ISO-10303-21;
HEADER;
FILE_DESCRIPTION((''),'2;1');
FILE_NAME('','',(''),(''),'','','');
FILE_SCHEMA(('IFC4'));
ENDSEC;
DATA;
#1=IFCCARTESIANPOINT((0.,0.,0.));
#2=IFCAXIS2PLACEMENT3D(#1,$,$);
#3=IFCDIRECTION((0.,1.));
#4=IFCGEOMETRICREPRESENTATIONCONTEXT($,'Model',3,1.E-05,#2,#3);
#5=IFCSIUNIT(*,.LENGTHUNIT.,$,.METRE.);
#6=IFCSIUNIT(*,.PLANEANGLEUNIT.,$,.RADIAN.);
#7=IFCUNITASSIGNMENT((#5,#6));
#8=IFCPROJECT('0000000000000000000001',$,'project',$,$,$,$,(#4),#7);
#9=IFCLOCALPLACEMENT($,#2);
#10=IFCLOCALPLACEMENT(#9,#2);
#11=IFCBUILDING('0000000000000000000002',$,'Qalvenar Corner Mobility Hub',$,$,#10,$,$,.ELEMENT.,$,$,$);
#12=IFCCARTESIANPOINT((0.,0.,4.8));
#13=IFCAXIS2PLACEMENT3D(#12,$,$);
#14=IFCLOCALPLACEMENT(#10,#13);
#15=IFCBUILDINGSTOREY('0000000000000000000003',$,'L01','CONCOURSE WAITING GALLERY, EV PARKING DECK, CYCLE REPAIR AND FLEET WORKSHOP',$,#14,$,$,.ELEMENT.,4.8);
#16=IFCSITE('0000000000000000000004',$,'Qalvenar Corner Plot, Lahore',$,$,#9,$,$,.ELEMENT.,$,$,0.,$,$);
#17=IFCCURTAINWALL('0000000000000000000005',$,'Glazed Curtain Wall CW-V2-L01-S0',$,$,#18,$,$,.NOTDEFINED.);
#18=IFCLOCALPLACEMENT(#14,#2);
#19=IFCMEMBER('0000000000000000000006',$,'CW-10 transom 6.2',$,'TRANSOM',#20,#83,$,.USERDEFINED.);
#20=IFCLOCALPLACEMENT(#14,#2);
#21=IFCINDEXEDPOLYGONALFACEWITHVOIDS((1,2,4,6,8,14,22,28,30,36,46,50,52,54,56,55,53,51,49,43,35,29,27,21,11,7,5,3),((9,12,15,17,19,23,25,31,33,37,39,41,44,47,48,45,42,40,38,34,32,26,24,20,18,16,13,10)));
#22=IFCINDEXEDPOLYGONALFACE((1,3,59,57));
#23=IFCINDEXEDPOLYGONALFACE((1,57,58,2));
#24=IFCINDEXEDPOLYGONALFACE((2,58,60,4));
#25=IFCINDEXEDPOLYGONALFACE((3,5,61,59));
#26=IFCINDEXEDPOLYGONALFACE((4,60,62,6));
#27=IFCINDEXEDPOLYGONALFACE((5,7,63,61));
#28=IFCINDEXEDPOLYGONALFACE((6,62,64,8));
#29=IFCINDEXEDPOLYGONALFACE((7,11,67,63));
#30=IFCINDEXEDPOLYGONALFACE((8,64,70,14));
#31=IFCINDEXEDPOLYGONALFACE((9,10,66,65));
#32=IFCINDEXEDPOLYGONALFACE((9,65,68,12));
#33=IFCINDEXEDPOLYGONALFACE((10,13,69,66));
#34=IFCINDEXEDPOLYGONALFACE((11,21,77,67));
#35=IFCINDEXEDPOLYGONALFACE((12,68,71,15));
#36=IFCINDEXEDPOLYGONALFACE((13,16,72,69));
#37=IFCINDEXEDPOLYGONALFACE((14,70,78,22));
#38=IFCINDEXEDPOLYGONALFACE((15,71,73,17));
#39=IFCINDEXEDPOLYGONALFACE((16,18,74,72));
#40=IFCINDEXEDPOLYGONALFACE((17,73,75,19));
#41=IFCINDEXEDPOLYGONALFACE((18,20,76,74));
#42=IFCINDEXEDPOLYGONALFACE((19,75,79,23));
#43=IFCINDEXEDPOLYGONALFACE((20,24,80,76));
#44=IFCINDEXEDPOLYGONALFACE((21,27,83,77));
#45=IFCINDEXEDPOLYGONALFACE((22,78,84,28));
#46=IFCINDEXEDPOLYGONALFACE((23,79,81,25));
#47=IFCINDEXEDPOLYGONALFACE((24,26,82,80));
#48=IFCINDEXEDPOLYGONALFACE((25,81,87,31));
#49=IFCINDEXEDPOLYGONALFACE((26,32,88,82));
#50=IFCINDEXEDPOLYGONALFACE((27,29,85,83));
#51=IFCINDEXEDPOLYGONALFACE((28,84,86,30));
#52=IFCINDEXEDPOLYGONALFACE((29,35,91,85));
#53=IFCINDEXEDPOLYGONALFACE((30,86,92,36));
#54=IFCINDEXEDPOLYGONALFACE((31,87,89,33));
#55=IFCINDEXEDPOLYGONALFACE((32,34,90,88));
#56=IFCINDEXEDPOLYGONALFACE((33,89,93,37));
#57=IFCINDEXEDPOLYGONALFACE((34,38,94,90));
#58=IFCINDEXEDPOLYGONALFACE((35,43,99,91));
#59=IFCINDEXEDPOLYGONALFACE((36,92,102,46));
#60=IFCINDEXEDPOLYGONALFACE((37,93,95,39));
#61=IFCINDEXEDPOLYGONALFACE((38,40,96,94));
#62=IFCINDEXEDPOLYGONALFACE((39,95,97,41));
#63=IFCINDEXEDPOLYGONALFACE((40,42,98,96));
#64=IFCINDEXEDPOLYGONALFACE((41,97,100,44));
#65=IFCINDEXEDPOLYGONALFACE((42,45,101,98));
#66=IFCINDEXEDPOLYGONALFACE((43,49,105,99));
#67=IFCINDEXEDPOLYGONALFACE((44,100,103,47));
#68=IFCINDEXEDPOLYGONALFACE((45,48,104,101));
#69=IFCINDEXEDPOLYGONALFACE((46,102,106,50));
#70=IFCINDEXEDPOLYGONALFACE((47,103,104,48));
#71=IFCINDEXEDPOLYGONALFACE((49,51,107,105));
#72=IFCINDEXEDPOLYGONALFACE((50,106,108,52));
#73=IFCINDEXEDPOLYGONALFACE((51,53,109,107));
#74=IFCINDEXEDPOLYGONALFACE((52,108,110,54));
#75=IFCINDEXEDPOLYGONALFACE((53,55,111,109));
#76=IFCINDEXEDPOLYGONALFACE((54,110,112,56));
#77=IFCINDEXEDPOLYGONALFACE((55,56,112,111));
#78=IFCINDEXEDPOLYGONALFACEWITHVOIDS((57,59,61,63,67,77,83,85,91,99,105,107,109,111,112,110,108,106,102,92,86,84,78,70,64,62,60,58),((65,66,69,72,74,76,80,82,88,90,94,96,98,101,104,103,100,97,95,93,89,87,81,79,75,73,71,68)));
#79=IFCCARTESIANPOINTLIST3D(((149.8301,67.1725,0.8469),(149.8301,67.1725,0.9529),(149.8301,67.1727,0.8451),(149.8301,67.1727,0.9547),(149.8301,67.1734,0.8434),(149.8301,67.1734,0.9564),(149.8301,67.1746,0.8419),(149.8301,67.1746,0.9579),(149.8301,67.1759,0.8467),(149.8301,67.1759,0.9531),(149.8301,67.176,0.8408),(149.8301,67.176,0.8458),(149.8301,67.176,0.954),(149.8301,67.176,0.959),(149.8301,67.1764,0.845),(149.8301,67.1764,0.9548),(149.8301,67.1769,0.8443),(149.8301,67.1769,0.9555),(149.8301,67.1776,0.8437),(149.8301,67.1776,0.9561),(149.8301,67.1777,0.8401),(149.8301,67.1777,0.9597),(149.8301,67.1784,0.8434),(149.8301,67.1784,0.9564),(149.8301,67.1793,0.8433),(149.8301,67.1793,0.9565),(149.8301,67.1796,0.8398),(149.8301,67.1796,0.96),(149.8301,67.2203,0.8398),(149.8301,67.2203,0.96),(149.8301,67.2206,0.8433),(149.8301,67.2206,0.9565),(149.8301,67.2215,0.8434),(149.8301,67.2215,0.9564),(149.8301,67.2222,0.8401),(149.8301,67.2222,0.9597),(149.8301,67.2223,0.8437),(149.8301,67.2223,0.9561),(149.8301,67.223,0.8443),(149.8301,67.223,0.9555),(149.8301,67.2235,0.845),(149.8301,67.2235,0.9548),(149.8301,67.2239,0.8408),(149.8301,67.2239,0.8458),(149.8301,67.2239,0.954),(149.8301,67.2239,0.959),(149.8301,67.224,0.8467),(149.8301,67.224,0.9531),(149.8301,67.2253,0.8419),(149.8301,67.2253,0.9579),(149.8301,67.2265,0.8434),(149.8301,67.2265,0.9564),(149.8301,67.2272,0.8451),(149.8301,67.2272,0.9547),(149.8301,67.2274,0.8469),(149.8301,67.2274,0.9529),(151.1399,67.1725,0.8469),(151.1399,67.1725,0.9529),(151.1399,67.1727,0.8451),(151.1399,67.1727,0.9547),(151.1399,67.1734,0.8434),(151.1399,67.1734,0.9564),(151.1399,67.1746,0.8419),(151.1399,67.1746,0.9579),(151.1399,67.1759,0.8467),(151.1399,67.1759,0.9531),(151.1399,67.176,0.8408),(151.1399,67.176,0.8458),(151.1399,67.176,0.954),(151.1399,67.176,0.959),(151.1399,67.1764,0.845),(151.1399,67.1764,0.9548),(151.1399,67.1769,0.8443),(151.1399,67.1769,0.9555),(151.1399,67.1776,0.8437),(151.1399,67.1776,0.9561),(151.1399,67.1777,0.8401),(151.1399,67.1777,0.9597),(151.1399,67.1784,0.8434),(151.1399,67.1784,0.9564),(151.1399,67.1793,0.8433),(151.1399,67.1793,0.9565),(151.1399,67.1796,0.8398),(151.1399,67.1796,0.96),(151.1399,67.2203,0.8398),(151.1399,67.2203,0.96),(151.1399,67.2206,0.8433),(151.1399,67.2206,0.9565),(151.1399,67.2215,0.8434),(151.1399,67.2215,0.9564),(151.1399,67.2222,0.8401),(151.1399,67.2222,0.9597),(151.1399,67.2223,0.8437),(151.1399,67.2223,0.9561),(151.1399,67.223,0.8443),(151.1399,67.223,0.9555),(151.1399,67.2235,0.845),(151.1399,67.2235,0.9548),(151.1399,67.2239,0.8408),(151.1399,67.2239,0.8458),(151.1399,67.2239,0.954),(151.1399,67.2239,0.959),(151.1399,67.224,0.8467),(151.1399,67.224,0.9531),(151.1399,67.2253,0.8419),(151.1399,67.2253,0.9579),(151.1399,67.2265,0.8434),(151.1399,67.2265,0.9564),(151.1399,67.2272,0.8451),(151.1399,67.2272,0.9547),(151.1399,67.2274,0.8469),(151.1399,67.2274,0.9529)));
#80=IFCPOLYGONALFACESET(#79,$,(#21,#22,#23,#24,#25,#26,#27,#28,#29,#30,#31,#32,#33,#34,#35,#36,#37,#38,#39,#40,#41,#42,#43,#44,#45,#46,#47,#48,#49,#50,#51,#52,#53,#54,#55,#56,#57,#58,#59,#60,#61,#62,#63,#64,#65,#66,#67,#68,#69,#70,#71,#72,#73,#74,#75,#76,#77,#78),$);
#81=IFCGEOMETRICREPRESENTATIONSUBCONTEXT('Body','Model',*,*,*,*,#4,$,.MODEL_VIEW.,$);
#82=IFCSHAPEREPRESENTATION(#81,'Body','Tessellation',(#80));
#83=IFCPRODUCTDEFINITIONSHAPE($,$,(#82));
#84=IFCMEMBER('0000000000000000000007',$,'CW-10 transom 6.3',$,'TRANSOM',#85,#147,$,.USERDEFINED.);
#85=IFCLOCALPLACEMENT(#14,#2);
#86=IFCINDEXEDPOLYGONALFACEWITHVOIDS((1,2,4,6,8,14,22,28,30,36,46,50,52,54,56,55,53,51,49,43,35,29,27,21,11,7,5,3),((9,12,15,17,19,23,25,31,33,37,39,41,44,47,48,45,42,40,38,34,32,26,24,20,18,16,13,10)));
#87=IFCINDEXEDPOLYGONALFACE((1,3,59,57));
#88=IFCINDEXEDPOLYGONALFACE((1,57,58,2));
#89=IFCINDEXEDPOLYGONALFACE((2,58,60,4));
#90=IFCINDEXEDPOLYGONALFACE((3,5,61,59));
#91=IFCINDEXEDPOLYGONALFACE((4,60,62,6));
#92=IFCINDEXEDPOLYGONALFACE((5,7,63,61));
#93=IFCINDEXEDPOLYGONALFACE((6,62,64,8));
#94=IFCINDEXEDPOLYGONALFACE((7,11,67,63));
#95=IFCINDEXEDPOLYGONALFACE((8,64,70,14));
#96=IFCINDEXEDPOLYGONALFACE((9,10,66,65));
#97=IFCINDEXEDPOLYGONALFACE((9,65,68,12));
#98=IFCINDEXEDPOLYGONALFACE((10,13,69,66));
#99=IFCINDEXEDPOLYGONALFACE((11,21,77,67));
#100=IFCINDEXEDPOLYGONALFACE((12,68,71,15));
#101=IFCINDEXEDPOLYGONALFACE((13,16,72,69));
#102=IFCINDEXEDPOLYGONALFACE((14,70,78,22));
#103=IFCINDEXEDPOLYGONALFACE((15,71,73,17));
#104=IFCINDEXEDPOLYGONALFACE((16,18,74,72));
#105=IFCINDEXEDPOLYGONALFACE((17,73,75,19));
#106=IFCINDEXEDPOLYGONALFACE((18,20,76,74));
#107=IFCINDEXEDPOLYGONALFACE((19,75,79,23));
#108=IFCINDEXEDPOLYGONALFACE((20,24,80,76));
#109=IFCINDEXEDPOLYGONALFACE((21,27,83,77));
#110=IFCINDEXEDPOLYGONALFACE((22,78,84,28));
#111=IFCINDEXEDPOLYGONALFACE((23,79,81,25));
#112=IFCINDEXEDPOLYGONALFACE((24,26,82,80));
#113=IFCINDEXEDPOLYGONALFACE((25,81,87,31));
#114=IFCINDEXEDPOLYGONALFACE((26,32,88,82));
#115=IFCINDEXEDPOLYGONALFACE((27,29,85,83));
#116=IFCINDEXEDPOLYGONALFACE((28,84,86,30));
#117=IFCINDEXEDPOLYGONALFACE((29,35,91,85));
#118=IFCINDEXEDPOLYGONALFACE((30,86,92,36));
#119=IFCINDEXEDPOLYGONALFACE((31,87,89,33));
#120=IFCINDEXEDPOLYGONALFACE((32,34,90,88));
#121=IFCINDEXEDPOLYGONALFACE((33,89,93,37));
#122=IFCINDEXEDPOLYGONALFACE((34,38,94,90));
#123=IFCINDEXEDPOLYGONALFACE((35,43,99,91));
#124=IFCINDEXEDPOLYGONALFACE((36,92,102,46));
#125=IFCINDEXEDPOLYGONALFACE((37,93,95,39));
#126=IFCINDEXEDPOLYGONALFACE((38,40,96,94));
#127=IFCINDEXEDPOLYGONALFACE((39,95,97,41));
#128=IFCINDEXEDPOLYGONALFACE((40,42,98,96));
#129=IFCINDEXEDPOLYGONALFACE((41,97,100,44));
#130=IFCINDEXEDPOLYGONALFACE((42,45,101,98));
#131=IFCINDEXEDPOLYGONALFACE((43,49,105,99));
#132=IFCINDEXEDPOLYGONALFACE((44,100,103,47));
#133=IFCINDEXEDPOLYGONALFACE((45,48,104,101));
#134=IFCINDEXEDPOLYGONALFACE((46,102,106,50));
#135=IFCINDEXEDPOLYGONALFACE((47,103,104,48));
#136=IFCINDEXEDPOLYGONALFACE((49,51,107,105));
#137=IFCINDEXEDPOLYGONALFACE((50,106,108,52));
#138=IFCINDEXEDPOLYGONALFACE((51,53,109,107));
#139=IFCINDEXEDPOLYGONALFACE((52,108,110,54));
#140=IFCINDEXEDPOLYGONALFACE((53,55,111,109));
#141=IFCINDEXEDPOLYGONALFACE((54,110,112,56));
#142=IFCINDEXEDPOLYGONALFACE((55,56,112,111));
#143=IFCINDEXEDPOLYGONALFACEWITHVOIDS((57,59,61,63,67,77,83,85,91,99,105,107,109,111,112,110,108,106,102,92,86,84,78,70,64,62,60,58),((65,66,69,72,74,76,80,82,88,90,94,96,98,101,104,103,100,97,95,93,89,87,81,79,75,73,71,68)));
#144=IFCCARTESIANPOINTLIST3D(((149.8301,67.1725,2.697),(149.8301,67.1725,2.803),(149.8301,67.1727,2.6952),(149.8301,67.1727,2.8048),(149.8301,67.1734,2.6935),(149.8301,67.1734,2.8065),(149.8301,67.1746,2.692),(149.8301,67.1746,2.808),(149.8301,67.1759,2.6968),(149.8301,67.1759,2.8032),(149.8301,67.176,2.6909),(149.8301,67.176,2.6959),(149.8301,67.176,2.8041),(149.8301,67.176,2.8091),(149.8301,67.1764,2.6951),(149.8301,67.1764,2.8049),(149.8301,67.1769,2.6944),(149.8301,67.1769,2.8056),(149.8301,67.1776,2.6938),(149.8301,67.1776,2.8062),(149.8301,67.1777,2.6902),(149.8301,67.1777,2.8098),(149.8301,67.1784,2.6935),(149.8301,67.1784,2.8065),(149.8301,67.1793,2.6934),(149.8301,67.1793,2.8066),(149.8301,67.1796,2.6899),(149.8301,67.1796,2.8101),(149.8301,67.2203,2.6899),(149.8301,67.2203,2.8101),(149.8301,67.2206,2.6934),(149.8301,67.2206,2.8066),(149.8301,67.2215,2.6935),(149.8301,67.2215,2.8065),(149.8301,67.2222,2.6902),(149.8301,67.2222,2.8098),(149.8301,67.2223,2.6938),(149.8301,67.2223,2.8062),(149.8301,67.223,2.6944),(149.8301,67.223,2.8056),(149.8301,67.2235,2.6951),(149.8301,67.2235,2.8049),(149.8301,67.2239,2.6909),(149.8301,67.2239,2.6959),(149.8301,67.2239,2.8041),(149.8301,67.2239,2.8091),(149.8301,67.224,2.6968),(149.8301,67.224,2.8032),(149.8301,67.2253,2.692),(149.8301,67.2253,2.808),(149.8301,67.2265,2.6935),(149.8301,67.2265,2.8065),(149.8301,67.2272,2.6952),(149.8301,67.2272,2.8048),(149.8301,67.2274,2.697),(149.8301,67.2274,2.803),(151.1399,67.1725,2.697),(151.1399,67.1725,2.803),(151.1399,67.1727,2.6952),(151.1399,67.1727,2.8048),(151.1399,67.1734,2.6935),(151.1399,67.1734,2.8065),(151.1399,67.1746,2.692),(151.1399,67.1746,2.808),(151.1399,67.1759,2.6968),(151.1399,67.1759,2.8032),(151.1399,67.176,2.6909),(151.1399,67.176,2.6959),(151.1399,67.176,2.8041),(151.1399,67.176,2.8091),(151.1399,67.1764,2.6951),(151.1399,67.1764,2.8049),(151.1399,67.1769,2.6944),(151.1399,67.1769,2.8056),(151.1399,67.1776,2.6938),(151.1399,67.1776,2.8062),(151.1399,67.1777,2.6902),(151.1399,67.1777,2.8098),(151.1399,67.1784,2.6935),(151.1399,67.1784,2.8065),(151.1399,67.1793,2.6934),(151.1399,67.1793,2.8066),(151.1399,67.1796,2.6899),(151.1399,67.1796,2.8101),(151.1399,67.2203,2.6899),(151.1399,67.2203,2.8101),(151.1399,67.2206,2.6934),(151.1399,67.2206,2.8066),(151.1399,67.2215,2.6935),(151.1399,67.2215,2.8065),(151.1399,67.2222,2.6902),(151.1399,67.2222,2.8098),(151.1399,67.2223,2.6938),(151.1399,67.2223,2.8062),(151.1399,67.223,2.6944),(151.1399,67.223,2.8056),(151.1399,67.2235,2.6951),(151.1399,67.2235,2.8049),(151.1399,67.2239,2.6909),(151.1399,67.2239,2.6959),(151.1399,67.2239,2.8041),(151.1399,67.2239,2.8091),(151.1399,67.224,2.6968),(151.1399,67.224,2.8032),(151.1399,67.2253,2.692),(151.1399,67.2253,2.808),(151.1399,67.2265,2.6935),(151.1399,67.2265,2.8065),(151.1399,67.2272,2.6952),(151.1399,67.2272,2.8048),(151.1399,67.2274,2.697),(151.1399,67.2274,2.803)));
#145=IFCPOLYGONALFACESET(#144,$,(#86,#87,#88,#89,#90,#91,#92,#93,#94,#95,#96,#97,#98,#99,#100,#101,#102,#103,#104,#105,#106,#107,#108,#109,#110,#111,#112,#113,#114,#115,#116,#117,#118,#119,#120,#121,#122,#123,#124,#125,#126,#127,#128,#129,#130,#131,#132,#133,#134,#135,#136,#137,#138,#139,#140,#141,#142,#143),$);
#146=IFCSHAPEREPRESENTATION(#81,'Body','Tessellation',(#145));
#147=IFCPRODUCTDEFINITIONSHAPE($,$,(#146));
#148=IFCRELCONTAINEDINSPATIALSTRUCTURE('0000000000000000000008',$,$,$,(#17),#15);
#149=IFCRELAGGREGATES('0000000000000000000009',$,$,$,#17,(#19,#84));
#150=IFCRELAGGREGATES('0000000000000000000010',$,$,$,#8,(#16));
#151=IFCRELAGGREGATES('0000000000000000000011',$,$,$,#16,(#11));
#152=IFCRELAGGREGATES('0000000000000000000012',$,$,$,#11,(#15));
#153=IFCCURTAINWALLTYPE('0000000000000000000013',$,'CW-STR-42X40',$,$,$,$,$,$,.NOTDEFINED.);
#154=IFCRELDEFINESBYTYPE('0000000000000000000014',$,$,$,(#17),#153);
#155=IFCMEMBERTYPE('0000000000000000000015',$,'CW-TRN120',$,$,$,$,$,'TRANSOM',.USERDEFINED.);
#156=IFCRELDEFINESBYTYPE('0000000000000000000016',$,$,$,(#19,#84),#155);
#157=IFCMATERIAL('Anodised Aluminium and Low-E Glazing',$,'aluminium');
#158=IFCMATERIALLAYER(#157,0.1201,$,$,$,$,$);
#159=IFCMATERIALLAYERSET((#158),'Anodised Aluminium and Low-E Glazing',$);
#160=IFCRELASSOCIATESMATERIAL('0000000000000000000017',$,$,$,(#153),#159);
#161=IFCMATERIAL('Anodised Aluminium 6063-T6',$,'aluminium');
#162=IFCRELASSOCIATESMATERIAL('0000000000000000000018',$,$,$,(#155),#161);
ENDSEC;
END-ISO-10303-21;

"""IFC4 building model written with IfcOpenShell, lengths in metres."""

from ifc_helpers import new_model, si_unit, direction, frame, origin, origin_2d, place, context, subcontext, project, spatial, hollow_rectangle, extrude, material, layer, layer_set, material_profile, profile_set, type_object, element, aggregate, save


model = new_model("IFC4")

# Units and contexts
model_context = context("Model", 3, precision=1e-05, world=origin(), true_north=direction((0.0, 1.0)))
body_context = subcontext(model_context, "Body", "Model", "MODEL_VIEW")
ifc_project = project(units=[si_unit("LENGTHUNIT", "METRE"), si_unit("PLANEANGLEUNIT", "RADIAN")], contexts=[model_context])

# Site, building, storey
site_placement = place(None, origin())
site = spatial("IfcSite", under=ifc_project, at=site_placement, Name="Qalvenar Corner Plot, Lahore", CompositionType="ELEMENT", RefElevation=0.0)
building_placement = place(site_placement, origin())
building = spatial("IfcBuilding", under=site, at=building_placement, Name="Qalvenar Corner Mobility Hub", CompositionType="ELEMENT")
storey_placement = place(building_placement, frame((0.0, 0.0, 4.8)))
storey = spatial("IfcBuildingStorey", under=building, at=storey_placement, Name="L01", Description="CONCOURSE WAITING GALLERY, EV PARKING DECK, CYCLE REPAIR AND FLEET WORKSHOP", CompositionType="ELEMENT", Elevation=4.8)

# Curtain wall
ifc_material_1 = material(Name="Anodised Aluminium and Low-E Glazing", Category="aluminium")
ifc_layer_1 = layer(ifc_material_1, 0.1201)
ifc_layer_set_1 = layer_set([ifc_layer_1], Name="Anodised Aluminium and Low-E Glazing")
curtain_wall_type = type_object("IfcCurtainWallType", Name="CW-STR-42X40", PredefinedType="NOTDEFINED", material=ifc_layer_set_1)
curtain_wall_1_placement = place(storey_placement, origin())
curtain_wall_1 = element("IfcCurtainWall", 1, at=curtain_wall_1_placement, inside=storey, type_object=curtain_wall_type, Name="Glazed Curtain Wall CW-V2-L01-S0", PredefinedType="NOTDEFINED")
ifc_material_2 = material(Name="Anodised Aluminium 6063-T6", Category="aluminium")

# Members
ifc_material_profile_1 = material_profile(ifc_material_2, hollow_rectangle(XDim=0.0549, YDim=0.1201, WallThickness=0.0034, InnerFilletRadius=0.0034, OuterFilletRadius=0.0071, at=origin_2d()), Name="RHS120x55x3.5")
ifc_profile_set_1 = profile_set([ifc_material_profile_1], Name="Anodised Aluminium 6063-T6")
member_type_1 = type_object("IfcMemberType", Name="CW-TRN120", ElementType="TRANSOM", PredefinedType="USERDEFINED", material=ifc_profile_set_1)
member_1_placement = place(storey_placement, frame((149.8301, 67.2, 0.8999), z_axis=(1.0, 0.0, 0.0), x_axis=(0.0, 1.0, 0.0)))
member_1 = element("IfcMember", 2, at=member_1_placement, type_object=member_type_1, Name="CW-10 transom 6.2", ObjectType="TRANSOM", PredefinedType="USERDEFINED", context=body_context, shape_type="SweptSolid", body=[
    extrude(hollow_rectangle(XDim=0.0549, YDim=0.1201, WallThickness=0.0034, InnerFilletRadius=0.0034, OuterFilletRadius=0.0071, at=origin_2d()), origin(), (0.0, 0.0, 1.0), 1.3098),
])
member_2_placement = place(storey_placement, frame((149.8301, 67.2, 2.75), z_axis=(1.0, 0.0, 0.0), x_axis=(0.0, 1.0, 0.0)))
member_2 = element("IfcMember", 3, at=member_2_placement, type_object=member_type_1, Name="CW-10 transom 6.3", ObjectType="TRANSOM", PredefinedType="USERDEFINED", context=body_context, shape_type="SweptSolid", body=[
    extrude(hollow_rectangle(XDim=0.0549, YDim=0.1201, WallThickness=0.0034, InnerFilletRadius=0.0034, OuterFilletRadius=0.0071, at=origin_2d()), origin(), (0.0, 0.0, 1.0), 1.3098),
])

aggregate(curtain_wall_1, [member_1, member_2])

save(model, "model.ifc")
